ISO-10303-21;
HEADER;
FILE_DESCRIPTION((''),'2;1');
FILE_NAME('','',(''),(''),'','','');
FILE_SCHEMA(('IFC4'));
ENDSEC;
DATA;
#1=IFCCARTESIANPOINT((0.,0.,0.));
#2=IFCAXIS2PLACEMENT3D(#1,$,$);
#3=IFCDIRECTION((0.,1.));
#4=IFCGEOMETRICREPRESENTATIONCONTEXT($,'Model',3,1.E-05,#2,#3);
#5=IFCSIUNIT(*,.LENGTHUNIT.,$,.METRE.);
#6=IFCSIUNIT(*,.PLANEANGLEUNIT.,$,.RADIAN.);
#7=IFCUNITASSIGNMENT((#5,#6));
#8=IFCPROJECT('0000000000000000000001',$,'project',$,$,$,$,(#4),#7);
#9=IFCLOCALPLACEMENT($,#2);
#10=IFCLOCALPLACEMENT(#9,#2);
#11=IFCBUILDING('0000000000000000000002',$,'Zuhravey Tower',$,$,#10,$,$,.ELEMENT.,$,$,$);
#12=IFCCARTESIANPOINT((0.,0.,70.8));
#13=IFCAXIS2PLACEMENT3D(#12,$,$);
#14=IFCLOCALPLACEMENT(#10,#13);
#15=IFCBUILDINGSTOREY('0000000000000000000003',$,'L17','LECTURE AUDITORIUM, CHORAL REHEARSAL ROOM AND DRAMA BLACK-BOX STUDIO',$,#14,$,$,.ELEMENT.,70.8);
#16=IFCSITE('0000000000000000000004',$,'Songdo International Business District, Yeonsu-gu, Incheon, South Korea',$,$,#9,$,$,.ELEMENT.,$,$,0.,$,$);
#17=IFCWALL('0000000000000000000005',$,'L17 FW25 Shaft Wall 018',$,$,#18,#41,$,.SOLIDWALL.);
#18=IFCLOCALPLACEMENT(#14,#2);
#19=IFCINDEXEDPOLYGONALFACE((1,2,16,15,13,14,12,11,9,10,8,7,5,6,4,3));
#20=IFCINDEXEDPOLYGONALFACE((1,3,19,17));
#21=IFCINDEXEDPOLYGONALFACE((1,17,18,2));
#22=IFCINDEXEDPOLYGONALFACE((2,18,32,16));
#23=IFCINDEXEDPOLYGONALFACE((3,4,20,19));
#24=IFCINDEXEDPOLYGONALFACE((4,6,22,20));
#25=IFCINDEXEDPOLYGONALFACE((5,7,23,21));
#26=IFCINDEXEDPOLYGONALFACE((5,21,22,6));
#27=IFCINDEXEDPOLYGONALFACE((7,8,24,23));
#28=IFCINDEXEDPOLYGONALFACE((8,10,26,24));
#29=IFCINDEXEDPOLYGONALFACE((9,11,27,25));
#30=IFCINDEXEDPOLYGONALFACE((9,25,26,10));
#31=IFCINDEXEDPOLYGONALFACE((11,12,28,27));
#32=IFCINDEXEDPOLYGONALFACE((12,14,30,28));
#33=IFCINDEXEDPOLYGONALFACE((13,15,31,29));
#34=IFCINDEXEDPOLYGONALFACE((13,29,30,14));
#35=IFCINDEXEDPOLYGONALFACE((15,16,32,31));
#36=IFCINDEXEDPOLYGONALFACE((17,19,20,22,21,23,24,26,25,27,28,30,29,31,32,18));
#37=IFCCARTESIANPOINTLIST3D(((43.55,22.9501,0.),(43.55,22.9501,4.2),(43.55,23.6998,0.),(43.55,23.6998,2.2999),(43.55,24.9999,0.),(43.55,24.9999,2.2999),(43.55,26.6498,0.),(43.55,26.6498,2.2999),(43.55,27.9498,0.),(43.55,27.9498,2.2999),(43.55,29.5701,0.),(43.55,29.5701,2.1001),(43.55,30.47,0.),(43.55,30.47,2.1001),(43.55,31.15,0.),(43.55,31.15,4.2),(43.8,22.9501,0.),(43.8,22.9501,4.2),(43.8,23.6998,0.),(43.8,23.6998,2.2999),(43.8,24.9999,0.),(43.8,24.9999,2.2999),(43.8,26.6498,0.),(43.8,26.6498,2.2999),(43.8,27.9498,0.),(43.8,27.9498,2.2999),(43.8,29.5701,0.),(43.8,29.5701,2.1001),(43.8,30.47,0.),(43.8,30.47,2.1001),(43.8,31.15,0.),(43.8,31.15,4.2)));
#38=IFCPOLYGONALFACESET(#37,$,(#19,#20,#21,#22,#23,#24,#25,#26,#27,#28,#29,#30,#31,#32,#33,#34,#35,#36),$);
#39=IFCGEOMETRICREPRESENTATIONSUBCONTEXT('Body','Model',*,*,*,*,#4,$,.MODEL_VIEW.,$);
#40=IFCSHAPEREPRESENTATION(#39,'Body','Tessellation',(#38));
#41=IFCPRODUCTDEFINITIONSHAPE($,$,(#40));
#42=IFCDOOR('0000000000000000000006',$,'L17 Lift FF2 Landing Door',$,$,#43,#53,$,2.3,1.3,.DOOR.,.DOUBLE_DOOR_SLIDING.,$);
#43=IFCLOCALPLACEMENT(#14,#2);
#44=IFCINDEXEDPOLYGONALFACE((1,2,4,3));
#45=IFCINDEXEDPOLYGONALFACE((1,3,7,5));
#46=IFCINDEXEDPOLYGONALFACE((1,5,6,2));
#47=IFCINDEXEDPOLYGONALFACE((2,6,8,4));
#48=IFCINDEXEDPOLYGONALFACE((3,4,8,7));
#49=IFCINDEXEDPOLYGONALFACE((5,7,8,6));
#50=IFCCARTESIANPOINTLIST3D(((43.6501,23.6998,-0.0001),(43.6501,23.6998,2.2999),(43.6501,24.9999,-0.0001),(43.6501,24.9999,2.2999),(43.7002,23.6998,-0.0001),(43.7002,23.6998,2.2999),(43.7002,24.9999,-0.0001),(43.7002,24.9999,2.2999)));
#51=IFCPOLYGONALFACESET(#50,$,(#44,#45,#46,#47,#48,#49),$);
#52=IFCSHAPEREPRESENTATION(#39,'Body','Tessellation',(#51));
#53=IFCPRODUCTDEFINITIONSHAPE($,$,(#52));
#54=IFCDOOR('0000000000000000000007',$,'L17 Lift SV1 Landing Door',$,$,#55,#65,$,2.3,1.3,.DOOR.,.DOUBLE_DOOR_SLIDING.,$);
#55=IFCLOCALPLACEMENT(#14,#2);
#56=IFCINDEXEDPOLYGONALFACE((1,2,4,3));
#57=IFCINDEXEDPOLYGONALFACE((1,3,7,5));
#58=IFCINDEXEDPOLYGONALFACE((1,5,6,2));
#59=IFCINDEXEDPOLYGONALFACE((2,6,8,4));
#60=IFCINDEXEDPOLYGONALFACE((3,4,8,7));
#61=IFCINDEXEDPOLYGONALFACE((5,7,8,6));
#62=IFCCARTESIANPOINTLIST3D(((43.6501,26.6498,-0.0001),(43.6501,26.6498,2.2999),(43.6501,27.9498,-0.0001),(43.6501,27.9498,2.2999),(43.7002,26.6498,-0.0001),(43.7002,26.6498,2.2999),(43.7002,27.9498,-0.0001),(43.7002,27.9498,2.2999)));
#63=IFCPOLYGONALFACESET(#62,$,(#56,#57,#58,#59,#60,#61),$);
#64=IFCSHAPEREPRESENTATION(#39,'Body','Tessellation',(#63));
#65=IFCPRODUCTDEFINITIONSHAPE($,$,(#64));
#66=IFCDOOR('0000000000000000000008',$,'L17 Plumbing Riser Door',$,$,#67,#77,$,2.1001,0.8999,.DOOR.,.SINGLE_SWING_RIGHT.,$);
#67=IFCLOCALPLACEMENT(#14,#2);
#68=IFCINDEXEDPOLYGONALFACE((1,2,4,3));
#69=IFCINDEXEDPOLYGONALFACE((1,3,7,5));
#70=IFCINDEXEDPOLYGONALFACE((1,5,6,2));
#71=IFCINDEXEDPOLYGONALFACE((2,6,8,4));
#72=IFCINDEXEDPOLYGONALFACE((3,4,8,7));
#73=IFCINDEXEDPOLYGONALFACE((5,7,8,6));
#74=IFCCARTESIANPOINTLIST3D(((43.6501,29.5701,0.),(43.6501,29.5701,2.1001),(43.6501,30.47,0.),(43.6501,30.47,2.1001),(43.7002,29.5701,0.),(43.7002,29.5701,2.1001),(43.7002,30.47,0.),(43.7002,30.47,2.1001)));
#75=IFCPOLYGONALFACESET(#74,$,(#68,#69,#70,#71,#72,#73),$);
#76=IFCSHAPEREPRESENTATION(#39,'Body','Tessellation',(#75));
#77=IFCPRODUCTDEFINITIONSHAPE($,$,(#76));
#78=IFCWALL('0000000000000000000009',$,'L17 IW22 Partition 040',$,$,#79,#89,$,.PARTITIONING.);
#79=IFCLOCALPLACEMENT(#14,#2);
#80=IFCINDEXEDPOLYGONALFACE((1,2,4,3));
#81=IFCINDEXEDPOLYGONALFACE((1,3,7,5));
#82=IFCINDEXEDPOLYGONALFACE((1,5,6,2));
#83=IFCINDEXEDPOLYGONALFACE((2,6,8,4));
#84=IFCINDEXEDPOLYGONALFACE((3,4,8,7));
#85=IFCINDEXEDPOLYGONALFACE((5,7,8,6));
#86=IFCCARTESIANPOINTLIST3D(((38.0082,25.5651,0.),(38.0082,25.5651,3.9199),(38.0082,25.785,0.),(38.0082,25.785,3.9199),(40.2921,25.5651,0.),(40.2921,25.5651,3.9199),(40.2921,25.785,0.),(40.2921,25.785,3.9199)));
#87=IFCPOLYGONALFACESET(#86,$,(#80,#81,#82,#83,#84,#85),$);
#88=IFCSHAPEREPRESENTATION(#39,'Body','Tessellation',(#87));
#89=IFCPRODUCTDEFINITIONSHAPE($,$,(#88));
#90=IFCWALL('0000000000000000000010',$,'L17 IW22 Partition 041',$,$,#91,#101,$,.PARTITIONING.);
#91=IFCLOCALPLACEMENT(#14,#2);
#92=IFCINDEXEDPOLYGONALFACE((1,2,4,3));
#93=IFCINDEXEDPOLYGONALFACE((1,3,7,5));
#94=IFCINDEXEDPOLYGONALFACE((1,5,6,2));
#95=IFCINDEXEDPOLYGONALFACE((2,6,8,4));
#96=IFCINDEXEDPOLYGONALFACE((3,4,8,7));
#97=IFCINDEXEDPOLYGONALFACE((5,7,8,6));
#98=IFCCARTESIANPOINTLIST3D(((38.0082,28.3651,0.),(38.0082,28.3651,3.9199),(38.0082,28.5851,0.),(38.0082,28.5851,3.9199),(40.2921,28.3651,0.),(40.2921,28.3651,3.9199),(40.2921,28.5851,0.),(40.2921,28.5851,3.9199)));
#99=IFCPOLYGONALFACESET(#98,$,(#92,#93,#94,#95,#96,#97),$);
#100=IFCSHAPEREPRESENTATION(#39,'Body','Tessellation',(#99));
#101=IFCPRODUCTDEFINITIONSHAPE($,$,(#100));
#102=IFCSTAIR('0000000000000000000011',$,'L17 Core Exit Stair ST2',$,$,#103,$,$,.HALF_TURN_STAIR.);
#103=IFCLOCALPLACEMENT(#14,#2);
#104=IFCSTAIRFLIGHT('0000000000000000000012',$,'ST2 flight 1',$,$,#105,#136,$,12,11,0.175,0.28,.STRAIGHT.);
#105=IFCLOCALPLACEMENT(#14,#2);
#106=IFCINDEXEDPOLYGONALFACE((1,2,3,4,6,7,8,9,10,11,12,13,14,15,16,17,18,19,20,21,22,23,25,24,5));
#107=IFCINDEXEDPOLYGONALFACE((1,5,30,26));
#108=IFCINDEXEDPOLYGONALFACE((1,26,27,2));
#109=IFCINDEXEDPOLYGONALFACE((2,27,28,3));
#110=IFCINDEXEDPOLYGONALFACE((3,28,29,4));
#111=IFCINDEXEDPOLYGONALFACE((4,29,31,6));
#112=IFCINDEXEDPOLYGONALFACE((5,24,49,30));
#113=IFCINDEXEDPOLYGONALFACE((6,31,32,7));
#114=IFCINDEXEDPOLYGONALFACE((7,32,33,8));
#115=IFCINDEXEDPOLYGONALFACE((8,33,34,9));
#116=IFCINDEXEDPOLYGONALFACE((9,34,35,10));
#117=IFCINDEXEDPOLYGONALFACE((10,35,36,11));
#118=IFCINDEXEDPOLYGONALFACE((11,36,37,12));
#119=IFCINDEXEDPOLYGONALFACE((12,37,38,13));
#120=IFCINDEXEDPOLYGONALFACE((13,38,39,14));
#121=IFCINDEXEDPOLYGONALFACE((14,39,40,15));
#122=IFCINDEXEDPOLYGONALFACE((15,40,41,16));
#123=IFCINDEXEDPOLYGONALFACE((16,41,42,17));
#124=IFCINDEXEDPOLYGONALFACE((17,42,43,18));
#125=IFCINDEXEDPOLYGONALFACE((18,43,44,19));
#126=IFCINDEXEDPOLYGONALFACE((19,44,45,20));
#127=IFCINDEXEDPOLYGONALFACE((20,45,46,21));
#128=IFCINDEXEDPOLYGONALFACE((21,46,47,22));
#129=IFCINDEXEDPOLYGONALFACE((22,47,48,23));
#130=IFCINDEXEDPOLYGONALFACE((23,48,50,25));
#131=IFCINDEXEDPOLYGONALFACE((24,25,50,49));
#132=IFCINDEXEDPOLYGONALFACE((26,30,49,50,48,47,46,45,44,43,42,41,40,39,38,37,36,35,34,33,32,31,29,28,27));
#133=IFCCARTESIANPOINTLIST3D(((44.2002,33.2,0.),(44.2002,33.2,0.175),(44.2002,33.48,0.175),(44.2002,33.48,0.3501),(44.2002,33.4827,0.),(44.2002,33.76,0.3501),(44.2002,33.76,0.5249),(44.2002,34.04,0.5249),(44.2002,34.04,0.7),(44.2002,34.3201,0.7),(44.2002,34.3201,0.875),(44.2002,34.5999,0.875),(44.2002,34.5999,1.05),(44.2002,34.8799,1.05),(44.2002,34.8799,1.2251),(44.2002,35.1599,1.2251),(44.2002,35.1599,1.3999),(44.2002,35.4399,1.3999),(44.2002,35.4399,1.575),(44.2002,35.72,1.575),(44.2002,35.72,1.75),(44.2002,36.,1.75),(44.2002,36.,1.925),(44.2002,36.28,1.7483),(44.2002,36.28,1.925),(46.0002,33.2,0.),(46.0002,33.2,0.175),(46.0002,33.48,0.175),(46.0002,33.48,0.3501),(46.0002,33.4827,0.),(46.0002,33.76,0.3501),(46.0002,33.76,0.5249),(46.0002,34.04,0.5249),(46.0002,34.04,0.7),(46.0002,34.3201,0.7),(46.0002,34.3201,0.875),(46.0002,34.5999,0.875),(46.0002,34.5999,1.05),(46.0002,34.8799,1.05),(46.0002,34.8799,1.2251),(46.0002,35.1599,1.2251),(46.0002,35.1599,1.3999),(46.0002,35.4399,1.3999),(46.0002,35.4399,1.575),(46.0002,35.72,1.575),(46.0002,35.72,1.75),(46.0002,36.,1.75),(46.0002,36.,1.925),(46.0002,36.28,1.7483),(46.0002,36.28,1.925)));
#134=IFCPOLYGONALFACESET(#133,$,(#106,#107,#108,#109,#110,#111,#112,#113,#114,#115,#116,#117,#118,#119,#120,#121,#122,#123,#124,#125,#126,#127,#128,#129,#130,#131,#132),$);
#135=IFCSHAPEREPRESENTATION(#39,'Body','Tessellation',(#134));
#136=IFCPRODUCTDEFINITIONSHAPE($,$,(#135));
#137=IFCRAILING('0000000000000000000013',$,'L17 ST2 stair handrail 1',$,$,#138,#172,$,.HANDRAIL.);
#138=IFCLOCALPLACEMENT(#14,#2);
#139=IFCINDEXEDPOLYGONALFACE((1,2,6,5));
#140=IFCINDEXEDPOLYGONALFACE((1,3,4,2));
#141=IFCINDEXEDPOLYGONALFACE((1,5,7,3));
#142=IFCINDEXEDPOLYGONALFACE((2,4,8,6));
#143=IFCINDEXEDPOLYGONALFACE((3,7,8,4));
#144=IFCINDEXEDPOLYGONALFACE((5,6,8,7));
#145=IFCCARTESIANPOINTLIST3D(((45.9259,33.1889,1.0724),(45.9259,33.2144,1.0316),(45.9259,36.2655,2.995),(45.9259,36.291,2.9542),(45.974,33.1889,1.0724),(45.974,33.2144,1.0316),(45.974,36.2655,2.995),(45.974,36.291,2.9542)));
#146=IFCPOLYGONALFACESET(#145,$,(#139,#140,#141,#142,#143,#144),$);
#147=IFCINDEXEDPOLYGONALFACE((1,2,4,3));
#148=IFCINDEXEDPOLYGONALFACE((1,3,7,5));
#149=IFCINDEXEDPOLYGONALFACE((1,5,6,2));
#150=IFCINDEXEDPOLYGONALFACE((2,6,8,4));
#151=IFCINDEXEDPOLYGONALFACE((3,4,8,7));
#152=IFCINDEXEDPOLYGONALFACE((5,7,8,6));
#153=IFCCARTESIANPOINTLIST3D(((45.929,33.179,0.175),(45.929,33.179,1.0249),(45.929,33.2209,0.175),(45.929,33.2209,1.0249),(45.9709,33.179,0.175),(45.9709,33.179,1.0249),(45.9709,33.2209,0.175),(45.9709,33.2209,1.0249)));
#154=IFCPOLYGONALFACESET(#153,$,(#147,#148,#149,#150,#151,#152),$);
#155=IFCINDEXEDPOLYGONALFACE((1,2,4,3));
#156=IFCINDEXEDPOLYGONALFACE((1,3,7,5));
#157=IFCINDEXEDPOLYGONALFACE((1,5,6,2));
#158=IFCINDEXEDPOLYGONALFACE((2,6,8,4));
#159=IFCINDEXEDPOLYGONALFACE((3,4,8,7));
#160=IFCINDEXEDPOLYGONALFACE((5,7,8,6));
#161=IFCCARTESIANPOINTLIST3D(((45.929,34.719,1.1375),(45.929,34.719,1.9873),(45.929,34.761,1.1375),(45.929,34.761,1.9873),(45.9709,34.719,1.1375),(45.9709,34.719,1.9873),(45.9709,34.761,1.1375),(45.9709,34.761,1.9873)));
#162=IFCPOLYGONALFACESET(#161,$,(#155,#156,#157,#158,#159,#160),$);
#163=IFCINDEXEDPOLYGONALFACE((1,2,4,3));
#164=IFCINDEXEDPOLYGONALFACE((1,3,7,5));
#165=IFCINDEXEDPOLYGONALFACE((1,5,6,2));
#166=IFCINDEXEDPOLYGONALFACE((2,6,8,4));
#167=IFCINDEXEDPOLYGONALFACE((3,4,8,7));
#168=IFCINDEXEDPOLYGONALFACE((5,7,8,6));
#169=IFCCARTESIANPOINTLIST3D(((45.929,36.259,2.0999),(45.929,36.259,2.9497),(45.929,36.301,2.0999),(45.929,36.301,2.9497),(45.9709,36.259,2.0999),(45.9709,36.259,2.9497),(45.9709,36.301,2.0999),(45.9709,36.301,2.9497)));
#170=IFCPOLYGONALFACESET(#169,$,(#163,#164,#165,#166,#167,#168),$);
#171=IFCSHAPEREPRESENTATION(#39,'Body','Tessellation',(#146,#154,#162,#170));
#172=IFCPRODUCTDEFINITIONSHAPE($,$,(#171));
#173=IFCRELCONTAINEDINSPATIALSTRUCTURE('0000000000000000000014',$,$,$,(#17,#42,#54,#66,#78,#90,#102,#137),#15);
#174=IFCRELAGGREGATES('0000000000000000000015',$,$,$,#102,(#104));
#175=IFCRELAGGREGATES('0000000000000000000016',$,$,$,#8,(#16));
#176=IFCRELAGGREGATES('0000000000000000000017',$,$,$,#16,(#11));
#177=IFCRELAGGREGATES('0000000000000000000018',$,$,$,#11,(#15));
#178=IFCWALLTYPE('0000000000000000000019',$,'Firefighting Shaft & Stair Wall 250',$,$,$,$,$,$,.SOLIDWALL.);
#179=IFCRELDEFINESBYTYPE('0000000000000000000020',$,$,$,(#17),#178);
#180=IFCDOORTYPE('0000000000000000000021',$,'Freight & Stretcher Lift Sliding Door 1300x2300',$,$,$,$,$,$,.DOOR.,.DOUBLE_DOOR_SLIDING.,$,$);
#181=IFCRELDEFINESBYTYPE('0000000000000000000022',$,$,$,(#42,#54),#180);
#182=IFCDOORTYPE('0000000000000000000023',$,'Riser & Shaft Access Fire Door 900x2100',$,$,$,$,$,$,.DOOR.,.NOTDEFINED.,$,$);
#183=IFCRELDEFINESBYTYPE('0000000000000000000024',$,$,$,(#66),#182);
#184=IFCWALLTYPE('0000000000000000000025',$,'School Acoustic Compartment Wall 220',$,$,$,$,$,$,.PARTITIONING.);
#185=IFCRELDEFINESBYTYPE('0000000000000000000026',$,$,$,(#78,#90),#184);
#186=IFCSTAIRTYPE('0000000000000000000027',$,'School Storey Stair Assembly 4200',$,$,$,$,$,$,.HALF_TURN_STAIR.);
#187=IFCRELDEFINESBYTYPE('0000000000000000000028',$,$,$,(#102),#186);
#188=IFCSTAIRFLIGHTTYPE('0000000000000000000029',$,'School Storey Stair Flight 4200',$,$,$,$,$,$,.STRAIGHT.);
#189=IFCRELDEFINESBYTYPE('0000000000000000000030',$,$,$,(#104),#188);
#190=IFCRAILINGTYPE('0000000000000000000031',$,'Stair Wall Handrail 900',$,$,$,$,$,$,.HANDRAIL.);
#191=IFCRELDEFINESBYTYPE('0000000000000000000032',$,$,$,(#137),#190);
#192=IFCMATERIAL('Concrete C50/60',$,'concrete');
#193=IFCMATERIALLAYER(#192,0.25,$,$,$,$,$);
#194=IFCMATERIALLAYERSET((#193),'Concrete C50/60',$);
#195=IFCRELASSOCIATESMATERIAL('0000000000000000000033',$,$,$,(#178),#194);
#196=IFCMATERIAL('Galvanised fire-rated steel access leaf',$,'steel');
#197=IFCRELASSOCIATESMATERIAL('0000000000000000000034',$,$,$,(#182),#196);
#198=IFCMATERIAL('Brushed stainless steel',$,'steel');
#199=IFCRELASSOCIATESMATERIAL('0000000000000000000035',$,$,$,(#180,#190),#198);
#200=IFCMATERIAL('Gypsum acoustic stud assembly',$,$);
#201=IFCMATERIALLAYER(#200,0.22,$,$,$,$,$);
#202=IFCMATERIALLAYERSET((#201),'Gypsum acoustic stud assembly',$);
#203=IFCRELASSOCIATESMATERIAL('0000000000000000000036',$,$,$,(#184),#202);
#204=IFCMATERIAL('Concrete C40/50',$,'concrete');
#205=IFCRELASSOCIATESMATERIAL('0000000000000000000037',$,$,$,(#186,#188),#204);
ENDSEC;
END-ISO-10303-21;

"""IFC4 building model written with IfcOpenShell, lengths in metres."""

from ifc_helpers import new_model, si_unit, direction, frame, frame_2d, origin, origin_2d, place, context, subcontext, project, spatial, polyline, rectangle, outline, extrude, material, layer, layer_set, type_object, element, fill, aggregate, save


model = new_model("IFC4")

# Units and contexts
model_context = context("Model", 3, precision=1e-05, world=origin(), true_north=direction((0.0, 1.0)))
body_context = subcontext(model_context, "Body", "Model", "MODEL_VIEW")
ifc_project = project(units=[si_unit("LENGTHUNIT", "METRE"), si_unit("PLANEANGLEUNIT", "RADIAN")], contexts=[model_context])

# Site, building, storey
site_placement = place(None, origin())
site = spatial("IfcSite", under=ifc_project, at=site_placement, Name="Songdo International Business District, Yeonsu-gu, Incheon, South Korea", CompositionType="ELEMENT", RefElevation=0.0)
building_placement = place(site_placement, origin())
building = spatial("IfcBuilding", under=site, at=building_placement, Name="Zuhravey Tower", CompositionType="ELEMENT")
storey_placement = place(building_placement, frame((0.0, 0.0, 70.8)))
storey = spatial("IfcBuildingStorey", under=building, at=storey_placement, Name="L17", Description="LECTURE AUDITORIUM, CHORAL REHEARSAL ROOM AND DRAMA BLACK-BOX STUDIO", CompositionType="ELEMENT", Elevation=70.8)

# Shared definitions
ifc_material_1 = material(Name="Concrete C50/60", Category="concrete")
ifc_layer_1 = layer(ifc_material_1, 0.25)
ifc_layer_set_1 = layer_set([ifc_layer_1], Name="Concrete C50/60")
wall_type_1 = type_object("IfcWallType", Name="Firefighting Shaft & Stair Wall 250", PredefinedType="SOLIDWALL", material=ifc_layer_set_1)

# Shared definitions
ifc_material_2 = material(Name="Galvanised fire-rated steel access leaf", Category="steel")
door_type_1 = type_object("IfcDoorType", Name="Riser & Shaft Access Fire Door 900x2100", OperationType="NOTDEFINED", PredefinedType="DOOR", material=ifc_material_2)

# Wall, openings, doors
wall_1_placement = place(storey_placement, frame((43.675, 22.95, 0.0), z_axis=(0.0, 0.0, 1.0), x_axis=(0.0, 1.0, 0.0)))
wall_1 = element("IfcWall", 1, at=wall_1_placement, inside=storey, type_object=wall_type_1, Name="L17 FW25 Shaft Wall 018", PredefinedType="SOLIDWALL", context=body_context, shape_type="SweptSolid", body=[
    extrude(rectangle(XDim=8.2, YDim=0.25, at=frame_2d((4.1001, 0.0))), origin(), (0.0, 0.0, 1.0), 4.2),
])
opening_1_placement = place(wall_1_placement, frame((0.75, 0.0, 0.0)))
opening_1 = element("IfcOpeningElement", 2, at=opening_1_placement, cuts=wall_1, PredefinedType="OPENING", context=body_context, shape_type="SweptSolid", body=[
    extrude(rectangle(XDim=1.3, YDim=2.3, at=frame_2d((0.6499, 1.1499))), frame((0.0, 0.137, 0.0), z_axis=(0.0, -1.0, 0.0), x_axis=(1.0, 0.0, 0.0)), (0.0, 0.0, 1.0), 0.2739),
])
opening_2_placement = place(wall_1_placement, frame((3.7, 0.0, 0.0)))
opening_2 = element("IfcOpeningElement", 3, at=opening_2_placement, cuts=wall_1, PredefinedType="OPENING", context=body_context, shape_type="SweptSolid", body=[
    extrude(rectangle(XDim=1.3, YDim=2.3, at=frame_2d((0.6499, 1.1499))), frame((0.0, 0.137, 0.0), z_axis=(0.0, -1.0, 0.0), x_axis=(1.0, 0.0, 0.0)), (0.0, 0.0, 1.0), 0.2739),
])
opening_3_placement = place(wall_1_placement, frame((6.6201, 0.0, 0.0)))
opening_3 = element("IfcOpeningElement", 4, at=opening_3_placement, cuts=wall_1, PredefinedType="OPENING", context=body_context, shape_type="SweptSolid", body=[
    extrude(rectangle(XDim=0.8999, YDim=2.1001, at=frame_2d((0.45, 1.05))), frame((0.0, 0.137, 0.0), z_axis=(0.0, -1.0, 0.0), x_axis=(1.0, 0.0, 0.0)), (0.0, 0.0, 1.0), 0.2739),
])
ifc_material_3 = material(Name="Brushed stainless steel", Category="steel")
door_type_2 = type_object("IfcDoorType", Name="Freight & Stretcher Lift Sliding Door 1300x2300", OperationType="DOUBLE_DOOR_SLIDING", PredefinedType="DOOR", material=ifc_material_3)
door_1_placement = place(opening_1_placement, origin())
door_1 = element("IfcDoor", 5, at=door_1_placement, inside=storey, type_object=door_type_2, Name="L17 Lift FF2 Landing Door", OperationType="DOUBLE_DOOR_SLIDING", OverallHeight=2.3, OverallWidth=1.3, PredefinedType="DOOR", context=body_context, shape_type="SweptSolid", body=[
    extrude(rectangle(XDim=1.3, YDim=2.3, at=frame_2d((0.6499, 1.1499))), frame((0.0, 0.0249, 0.0), z_axis=(0.0, -1.0, 0.0), x_axis=(1.0, 0.0, 0.0)), (0.0, 0.0, 1.0), 0.05),
])
fill(opening_1, door_1)
door_2_placement = place(opening_2_placement, origin())
door_2 = element("IfcDoor", 6, at=door_2_placement, inside=storey, type_object=door_type_2, Name="L17 Lift SV1 Landing Door", OperationType="DOUBLE_DOOR_SLIDING", OverallHeight=2.3, OverallWidth=1.3, PredefinedType="DOOR", context=body_context, shape_type="SweptSolid", body=[
    extrude(rectangle(XDim=1.3, YDim=2.3, at=frame_2d((0.6499, 1.1499))), frame((0.0, 0.0249, 0.0), z_axis=(0.0, -1.0, 0.0), x_axis=(1.0, 0.0, 0.0)), (0.0, 0.0, 1.0), 0.05),
])
fill(opening_2, door_2)
door_3_placement = place(opening_3_placement, origin())
door_3 = element("IfcDoor", 7, at=door_3_placement, inside=storey, type_object=door_type_1, Name="L17 Plumbing Riser Door", OperationType="SINGLE_SWING_RIGHT", OverallHeight=2.1001, OverallWidth=0.8999, PredefinedType="DOOR", context=body_context, shape_type="SweptSolid", body=[
    extrude(rectangle(XDim=0.8999, YDim=2.1001, at=frame_2d((0.45, 1.05))), frame((0.0, 0.0249, 0.0), z_axis=(0.0, -1.0, 0.0), x_axis=(1.0, 0.0, 0.0)), (0.0, 0.0, 1.0), 0.05),
])
fill(opening_3, door_3)

# Walls
ifc_material_4 = material(Name="Gypsum acoustic stud assembly")
ifc_layer_2 = layer(ifc_material_4, 0.22)
ifc_layer_set_2 = layer_set([ifc_layer_2], Name="Gypsum acoustic stud assembly")
wall_type_2 = type_object("IfcWallType", Name="School Acoustic Compartment Wall 220", PredefinedType="PARTITIONING", material=ifc_layer_set_2)
for number, where, z_axis, x_axis, name in (
    (8, (38.0081, 25.675, 0.0), (0.0, 0.0, 1.0), (1.0, 0.0, 0.0), "L17 IW22 Partition 040"),
    (9, (38.0081, 28.4751, 0.0), (0.0, 0.0, 1.0), (1.0, 0.0, 0.0), "L17 IW22 Partition 041"),
):
    element("IfcWall", number, at=place(storey_placement, frame(where, z_axis=z_axis, x_axis=x_axis)), inside=storey, type_object=wall_type_2, Name=name, PredefinedType="PARTITIONING", context=body_context, shape_type="SweptSolid", body=[
        extrude(rectangle(XDim=2.2839, YDim=0.22, at=frame_2d((1.1421, 0.0))), origin(), (0.0, 0.0, 1.0), 3.9199),
    ])

# Stair, stair flight
ifc_material_5 = material(Name="Concrete C40/50", Category="concrete")
stair_type = type_object("IfcStairType", Name="School Storey Stair Assembly 4200", PredefinedType="HALF_TURN_STAIR", material=ifc_material_5)
stair_placement = place(storey_placement, origin())
stair = element("IfcStair", 10, at=stair_placement, inside=storey, type_object=stair_type, Name="L17 Core Exit Stair ST2", PredefinedType="HALF_TURN_STAIR")
stair_flight_type = type_object("IfcStairFlightType", Name="School Storey Stair Flight 4200", PredefinedType="STRAIGHT", material=ifc_material_5)
stair_flight_placement = place(storey_placement, frame((45.1001, 33.2, 0.0), z_axis=(0.0, 0.0, 1.0), x_axis=(0.0, 1.0, 0.0)))
stair_flight = element("IfcStairFlight", 11, at=stair_flight_placement, type_object=stair_flight_type, Name="ST2 flight 1", NumberOfRisers=12, NumberOfTreads=11, PredefinedType="STRAIGHT", RiserHeight=0.175, TreadLength=0.28, context=body_context, shape_type="SweptSolid", body=[
    extrude(outline(polyline([(0.0, 0.0), (0.0, 0.175), (0.28, 0.175), (0.28, 0.3501), (0.5601, 0.3501), (0.5601, 0.5249), (0.8401, 0.5249), (0.8401, 0.7), (1.1201, 0.7), (1.1201, 0.875), (1.3999, 0.875), (1.3999, 1.05), (1.6799, 1.05), (1.6799, 1.2251), (1.96, 1.2251), (1.96, 1.3999), (2.24, 1.3999), (2.24, 1.575), (2.52, 1.575), (2.52, 1.75), (2.8, 1.75), (2.8, 1.925), (3.0801, 1.925), (3.0801, 2.1001), (3.0801, 1.7483), (0.2827, 0.0), (0.0, 0.0)])), frame((0.0, 0.8999, 0.0), z_axis=(0.0, -1.0, 0.0), x_axis=(1.0, 0.0, 0.0)), (0.0, 0.0, 1.0), 1.8),
])
aggregate(stair, [stair_flight])

# Railing
railing_type_1 = type_object("IfcRailingType", Name="Stair Wall Handrail 900", PredefinedType="HANDRAIL", material=ifc_material_3)
railing_1_placement = place(storey_placement, frame((45.95, 33.2, 0.175)))
element("IfcRailing", 12, at=railing_1_placement, inside=storey, type_object=railing_type_1, Name="L17 ST2 stair handrail 1", PredefinedType="HANDRAIL", context=body_context, shape_type="SweptSolid", body=[
    extrude(rectangle(XDim=0.0481, YDim=0.0481, at=origin_2d()), frame((0.0, 0.0017, 0.877), z_axis=(0.0, 0.848029, 0.529951), x_axis=(-1.0, 0.0, 0.0)), (0.0, 0.0, 1.0), 3.6279),
    extrude(rectangle(XDim=0.042, YDim=0.042, at=origin_2d()), origin(), (0.0, 0.0, 1.0), 0.8499),
    extrude(rectangle(XDim=0.042, YDim=0.042, at=origin_2d()), frame((0.0, 1.54, 0.9624)), (0.0, 0.0, 1.0), 0.8499),
    extrude(rectangle(XDim=0.042, YDim=0.042, at=origin_2d()), frame((0.0, 3.0801, 1.9248)), (0.0, 0.0, 1.0), 0.8499),
])

save(model, "model.ifc")
